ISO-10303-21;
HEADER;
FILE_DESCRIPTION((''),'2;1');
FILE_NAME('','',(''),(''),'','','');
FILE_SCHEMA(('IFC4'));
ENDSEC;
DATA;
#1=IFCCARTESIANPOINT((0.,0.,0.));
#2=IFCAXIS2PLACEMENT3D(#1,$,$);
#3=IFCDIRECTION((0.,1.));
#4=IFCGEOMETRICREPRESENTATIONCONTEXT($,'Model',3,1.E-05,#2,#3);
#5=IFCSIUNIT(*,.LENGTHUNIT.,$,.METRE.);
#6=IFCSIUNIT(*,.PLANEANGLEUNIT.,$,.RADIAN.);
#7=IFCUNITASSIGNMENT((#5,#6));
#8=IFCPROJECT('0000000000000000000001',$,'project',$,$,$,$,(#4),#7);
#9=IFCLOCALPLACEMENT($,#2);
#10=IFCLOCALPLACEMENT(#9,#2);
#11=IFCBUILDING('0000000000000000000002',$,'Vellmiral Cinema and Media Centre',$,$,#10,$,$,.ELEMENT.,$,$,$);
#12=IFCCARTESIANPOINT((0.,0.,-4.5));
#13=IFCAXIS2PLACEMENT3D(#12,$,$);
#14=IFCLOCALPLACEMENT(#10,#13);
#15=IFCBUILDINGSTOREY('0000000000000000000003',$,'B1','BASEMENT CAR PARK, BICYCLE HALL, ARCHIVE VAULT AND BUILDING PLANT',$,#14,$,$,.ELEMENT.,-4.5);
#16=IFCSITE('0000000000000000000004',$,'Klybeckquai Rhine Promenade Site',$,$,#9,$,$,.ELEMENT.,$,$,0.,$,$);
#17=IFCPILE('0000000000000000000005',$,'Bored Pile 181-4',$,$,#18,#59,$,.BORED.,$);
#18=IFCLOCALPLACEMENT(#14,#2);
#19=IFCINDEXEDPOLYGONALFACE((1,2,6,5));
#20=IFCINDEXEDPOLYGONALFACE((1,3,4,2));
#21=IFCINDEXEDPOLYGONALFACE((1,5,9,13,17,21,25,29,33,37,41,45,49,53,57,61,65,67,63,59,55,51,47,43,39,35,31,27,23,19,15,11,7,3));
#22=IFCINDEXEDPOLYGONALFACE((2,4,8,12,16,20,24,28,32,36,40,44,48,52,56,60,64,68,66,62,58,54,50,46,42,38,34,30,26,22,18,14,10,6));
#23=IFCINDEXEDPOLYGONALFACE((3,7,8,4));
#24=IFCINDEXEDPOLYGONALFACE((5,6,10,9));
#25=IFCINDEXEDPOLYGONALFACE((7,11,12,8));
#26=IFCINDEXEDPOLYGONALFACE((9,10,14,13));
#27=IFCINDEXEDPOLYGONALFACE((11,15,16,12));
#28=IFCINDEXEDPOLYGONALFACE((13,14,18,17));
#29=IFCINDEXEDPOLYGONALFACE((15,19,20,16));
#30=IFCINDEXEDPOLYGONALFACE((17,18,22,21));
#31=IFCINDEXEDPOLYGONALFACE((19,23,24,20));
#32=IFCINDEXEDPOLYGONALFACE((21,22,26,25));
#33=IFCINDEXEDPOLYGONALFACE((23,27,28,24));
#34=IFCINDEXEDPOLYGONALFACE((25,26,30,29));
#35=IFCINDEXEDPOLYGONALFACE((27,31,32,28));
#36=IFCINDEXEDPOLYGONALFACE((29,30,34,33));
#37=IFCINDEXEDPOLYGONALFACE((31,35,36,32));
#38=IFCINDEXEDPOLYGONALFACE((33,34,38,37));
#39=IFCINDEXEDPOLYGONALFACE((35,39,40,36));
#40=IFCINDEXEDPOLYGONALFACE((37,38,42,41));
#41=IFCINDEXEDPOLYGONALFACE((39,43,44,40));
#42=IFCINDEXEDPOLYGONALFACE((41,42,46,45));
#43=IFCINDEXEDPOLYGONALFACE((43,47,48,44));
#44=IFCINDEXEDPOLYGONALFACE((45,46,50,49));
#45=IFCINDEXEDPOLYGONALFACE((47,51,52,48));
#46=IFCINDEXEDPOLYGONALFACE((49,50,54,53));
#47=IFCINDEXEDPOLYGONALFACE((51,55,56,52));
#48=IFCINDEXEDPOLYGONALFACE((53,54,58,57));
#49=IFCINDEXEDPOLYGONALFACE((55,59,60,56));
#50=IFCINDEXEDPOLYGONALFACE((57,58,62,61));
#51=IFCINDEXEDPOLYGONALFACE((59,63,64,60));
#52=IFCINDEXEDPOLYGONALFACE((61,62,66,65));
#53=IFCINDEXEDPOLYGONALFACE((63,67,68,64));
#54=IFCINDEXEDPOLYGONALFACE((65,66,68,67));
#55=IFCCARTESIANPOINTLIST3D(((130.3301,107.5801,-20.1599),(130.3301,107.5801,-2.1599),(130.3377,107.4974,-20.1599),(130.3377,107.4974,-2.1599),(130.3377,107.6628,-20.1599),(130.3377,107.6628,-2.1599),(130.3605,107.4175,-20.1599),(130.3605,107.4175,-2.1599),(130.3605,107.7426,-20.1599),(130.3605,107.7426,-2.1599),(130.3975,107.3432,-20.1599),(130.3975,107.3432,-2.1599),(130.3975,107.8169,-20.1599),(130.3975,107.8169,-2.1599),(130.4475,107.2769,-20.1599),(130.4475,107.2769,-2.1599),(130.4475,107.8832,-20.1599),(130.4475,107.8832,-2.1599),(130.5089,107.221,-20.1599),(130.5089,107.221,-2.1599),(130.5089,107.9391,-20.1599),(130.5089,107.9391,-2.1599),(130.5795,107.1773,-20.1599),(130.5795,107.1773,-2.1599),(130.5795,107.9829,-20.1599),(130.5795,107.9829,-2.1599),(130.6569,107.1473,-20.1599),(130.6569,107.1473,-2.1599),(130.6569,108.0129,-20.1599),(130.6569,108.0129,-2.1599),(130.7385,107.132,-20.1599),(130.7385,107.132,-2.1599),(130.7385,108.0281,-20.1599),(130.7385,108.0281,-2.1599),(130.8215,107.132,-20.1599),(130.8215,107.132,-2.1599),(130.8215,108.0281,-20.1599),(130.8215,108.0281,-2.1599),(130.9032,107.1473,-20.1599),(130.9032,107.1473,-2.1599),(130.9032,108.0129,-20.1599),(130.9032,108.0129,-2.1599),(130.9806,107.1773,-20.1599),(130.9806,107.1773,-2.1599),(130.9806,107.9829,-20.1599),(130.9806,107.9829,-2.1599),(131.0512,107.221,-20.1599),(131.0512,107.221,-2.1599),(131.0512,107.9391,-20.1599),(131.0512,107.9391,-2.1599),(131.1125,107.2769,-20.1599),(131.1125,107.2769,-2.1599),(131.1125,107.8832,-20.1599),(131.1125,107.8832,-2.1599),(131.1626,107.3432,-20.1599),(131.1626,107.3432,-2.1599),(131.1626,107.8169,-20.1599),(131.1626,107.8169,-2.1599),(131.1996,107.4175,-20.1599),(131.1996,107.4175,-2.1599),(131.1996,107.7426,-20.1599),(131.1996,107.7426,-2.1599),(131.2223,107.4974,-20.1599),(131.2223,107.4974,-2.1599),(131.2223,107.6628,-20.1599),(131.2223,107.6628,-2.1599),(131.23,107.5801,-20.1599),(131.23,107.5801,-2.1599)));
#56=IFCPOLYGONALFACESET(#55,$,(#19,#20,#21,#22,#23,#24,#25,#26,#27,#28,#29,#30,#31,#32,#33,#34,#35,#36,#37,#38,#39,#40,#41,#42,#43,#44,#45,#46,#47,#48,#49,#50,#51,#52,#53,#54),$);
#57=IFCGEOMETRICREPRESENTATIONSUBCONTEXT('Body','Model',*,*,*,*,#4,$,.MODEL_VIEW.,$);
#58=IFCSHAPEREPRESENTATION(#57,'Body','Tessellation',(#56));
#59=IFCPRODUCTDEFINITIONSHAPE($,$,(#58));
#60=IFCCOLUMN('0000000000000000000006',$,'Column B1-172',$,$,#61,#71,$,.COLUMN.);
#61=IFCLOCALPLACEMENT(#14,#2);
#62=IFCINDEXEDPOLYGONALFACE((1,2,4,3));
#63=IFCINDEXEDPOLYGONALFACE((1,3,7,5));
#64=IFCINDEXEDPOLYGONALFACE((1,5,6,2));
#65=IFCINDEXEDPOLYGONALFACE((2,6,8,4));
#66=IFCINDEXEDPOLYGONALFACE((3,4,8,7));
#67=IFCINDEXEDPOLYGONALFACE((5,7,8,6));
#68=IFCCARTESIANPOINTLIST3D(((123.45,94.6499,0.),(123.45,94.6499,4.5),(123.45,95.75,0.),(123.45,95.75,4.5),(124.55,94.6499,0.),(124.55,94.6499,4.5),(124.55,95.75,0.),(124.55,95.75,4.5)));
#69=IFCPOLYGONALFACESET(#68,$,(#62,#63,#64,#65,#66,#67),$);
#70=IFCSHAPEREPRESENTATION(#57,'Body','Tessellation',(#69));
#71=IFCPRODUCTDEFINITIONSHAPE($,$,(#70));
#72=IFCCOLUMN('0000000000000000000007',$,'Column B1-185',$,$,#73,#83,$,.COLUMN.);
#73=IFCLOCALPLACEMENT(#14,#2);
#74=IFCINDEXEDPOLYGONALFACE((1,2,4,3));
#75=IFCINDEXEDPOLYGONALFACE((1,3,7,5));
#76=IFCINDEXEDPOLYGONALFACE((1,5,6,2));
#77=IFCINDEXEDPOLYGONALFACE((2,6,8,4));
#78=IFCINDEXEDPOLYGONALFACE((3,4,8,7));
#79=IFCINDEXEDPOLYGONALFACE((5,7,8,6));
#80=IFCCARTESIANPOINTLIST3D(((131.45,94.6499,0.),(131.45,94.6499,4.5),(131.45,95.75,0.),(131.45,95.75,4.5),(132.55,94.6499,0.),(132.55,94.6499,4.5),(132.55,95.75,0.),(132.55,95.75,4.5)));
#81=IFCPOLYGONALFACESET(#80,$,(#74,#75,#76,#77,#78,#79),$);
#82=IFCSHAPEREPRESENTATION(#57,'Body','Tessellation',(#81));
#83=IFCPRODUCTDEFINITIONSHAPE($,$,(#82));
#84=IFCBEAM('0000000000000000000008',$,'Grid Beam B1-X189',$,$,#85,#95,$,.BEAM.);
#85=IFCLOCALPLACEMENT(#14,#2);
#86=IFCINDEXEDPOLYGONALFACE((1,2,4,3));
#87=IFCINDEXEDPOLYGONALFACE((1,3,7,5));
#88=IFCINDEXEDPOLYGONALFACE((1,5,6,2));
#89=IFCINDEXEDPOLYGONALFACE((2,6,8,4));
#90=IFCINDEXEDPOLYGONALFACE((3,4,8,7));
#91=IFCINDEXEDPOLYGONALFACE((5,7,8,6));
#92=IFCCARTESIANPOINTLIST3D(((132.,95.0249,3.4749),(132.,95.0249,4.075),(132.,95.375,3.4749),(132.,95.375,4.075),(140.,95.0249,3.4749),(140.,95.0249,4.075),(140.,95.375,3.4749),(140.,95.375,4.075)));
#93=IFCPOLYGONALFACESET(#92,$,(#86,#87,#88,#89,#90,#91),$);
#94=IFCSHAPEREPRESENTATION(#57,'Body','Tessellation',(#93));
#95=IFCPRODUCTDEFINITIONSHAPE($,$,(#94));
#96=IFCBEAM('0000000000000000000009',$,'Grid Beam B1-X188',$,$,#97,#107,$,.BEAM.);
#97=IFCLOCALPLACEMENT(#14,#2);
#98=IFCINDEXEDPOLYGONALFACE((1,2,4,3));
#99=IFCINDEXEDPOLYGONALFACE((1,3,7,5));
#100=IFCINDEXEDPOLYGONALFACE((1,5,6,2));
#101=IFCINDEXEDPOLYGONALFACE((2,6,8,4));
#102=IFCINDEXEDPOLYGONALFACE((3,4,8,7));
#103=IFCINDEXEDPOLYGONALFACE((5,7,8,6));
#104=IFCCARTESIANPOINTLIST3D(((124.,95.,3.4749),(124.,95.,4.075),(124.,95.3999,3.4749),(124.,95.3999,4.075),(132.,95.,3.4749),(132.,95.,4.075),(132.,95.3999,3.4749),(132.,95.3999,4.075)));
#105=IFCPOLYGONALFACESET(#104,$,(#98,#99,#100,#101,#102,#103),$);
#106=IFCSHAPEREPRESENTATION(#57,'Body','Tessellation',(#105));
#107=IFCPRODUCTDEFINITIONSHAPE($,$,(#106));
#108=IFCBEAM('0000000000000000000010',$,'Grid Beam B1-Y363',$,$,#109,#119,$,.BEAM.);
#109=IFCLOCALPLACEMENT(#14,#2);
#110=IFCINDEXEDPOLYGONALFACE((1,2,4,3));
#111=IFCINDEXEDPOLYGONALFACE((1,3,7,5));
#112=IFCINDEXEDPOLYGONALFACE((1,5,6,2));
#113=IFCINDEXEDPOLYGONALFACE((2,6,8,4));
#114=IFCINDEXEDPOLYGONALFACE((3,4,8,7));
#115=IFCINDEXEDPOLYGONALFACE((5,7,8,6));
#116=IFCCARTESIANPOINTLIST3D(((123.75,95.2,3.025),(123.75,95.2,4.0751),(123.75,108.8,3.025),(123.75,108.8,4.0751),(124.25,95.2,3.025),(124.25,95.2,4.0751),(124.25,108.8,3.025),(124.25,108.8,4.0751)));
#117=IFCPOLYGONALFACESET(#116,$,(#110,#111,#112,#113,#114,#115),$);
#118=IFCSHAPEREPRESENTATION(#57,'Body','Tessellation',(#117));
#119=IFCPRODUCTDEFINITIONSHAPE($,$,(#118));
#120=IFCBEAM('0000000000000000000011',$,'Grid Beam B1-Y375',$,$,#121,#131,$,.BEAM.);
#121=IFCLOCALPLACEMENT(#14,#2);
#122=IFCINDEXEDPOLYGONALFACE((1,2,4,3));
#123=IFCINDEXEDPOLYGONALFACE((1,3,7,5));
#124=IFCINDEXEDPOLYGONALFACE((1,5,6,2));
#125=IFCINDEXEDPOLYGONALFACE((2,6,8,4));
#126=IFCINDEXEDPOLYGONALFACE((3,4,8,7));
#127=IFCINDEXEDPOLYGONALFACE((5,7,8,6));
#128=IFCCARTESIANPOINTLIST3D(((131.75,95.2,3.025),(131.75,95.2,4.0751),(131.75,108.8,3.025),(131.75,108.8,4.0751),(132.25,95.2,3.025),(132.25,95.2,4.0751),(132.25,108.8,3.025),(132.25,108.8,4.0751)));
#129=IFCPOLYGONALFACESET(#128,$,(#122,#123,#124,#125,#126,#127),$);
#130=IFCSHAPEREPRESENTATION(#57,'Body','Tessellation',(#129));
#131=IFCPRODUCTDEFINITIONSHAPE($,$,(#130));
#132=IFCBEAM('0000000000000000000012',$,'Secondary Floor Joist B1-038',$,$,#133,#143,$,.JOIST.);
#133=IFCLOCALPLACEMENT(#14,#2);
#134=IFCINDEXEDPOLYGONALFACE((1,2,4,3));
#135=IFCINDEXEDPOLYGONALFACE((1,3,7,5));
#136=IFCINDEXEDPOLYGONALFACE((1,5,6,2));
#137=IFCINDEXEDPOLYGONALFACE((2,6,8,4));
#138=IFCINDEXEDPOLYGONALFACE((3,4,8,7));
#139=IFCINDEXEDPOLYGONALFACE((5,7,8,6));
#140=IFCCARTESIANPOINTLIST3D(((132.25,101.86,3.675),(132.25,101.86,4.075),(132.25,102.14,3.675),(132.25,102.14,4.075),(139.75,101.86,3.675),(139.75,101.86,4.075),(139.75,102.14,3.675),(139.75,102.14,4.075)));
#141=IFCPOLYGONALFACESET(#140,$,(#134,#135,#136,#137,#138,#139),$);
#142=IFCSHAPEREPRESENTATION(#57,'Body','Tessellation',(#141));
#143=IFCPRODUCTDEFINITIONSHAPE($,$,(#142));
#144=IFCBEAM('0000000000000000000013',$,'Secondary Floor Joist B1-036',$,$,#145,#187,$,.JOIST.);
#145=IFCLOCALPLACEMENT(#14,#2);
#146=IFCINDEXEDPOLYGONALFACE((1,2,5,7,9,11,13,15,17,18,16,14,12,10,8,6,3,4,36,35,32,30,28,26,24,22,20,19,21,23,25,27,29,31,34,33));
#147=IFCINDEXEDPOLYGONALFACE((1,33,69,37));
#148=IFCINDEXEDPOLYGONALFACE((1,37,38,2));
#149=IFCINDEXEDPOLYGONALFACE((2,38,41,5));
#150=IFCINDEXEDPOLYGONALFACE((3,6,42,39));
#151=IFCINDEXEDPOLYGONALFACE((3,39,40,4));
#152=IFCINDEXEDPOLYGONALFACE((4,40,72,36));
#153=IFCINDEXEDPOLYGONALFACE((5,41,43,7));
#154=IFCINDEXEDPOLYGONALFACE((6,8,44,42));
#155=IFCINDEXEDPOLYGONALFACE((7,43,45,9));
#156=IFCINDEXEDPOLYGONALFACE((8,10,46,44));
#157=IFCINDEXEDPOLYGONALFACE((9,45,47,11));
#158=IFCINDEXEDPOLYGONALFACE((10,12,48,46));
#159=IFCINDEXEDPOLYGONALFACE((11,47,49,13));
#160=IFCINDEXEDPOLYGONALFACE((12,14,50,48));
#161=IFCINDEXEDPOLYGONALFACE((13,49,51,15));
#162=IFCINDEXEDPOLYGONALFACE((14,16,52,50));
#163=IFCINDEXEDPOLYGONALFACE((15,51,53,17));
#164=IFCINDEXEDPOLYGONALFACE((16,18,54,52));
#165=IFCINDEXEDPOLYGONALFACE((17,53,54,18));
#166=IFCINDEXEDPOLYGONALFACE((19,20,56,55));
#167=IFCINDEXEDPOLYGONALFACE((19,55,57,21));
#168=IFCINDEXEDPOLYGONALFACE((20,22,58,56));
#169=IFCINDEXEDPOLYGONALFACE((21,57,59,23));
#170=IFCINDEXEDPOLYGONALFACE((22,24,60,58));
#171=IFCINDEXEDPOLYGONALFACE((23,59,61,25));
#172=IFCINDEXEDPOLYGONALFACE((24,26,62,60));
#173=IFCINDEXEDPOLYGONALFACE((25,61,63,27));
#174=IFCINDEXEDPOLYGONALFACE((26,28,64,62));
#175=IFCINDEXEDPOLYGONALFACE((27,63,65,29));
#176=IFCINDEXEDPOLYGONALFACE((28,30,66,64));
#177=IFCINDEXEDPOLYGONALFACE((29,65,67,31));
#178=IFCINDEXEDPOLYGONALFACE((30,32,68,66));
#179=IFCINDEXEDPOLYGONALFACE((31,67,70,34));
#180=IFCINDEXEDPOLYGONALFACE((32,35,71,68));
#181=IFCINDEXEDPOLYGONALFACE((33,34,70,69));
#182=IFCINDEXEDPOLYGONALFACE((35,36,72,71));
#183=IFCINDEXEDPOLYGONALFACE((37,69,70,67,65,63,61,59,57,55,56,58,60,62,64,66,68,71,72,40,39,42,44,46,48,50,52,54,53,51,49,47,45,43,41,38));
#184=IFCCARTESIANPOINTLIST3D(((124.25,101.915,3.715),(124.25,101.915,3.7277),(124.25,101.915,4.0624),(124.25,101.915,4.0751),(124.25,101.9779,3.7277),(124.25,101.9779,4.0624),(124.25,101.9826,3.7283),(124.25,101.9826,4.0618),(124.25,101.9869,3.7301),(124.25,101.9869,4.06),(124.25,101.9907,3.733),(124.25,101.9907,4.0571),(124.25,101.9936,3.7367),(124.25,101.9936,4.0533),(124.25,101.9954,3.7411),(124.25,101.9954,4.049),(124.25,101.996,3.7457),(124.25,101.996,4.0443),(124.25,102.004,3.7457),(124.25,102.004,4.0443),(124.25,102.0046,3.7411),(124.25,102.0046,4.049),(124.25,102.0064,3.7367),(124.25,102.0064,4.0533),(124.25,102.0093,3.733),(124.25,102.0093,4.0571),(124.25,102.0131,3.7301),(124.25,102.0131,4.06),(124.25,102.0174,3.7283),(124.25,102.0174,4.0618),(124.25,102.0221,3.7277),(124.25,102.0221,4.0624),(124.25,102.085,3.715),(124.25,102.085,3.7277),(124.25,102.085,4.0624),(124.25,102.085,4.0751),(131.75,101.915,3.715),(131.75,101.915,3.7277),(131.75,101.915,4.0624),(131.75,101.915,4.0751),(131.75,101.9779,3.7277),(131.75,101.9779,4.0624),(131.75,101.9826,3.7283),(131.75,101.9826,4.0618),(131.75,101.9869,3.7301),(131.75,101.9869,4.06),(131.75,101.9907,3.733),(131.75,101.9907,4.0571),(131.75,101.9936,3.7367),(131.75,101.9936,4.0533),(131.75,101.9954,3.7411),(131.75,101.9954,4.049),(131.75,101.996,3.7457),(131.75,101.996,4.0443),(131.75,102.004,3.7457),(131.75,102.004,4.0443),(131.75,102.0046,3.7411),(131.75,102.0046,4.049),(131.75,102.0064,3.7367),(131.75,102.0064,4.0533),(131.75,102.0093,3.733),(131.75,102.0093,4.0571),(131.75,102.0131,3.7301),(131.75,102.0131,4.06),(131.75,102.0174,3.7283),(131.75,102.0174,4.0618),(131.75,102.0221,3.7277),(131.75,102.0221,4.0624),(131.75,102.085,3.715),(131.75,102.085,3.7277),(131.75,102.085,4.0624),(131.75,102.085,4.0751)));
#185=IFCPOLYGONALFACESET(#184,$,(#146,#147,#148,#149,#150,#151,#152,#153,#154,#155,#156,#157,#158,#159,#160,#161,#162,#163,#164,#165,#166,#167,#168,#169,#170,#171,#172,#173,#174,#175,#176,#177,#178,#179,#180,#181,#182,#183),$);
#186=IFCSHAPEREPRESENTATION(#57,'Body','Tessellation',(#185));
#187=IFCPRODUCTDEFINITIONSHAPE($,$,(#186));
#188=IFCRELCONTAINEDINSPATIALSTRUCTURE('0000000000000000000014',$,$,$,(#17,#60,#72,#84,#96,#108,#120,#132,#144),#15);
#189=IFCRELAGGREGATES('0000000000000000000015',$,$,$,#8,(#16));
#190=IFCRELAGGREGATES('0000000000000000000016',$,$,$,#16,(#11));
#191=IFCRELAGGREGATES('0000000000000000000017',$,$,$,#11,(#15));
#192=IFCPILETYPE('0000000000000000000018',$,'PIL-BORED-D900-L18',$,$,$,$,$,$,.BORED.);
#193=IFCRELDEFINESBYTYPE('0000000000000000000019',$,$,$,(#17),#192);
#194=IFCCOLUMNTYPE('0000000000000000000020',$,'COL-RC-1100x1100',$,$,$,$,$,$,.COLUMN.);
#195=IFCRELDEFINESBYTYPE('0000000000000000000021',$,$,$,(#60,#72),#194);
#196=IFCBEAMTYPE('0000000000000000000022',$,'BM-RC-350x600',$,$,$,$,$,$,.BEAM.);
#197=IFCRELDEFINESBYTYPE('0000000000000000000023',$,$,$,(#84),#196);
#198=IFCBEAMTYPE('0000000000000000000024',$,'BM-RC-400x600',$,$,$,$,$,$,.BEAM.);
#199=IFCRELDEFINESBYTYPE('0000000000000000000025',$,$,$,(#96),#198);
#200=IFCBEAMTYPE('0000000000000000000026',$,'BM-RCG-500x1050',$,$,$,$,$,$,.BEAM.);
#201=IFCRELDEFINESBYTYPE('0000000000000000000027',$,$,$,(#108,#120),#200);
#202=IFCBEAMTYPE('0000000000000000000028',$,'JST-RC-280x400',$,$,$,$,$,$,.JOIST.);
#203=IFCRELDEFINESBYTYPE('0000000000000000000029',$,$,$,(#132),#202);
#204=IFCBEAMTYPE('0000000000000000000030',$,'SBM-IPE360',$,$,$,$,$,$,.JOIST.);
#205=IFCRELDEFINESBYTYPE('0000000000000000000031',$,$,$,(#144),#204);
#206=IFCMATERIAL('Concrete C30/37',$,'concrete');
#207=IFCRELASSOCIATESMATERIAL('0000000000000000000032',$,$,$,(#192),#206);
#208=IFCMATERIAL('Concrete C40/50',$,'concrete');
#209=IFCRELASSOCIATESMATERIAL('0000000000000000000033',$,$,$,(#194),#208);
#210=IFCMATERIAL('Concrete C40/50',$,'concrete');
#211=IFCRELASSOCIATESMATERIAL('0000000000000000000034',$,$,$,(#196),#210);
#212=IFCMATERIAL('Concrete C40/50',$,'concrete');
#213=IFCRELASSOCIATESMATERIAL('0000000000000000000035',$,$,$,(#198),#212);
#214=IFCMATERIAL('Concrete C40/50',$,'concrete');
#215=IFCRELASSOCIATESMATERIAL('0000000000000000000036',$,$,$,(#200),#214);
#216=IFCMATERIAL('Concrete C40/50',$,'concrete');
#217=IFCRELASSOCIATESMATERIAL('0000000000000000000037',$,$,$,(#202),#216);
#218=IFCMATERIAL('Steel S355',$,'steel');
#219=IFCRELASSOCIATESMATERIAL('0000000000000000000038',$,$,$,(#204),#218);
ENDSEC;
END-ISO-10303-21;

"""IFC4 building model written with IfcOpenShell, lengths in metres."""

from ifc_helpers import new_model, si_unit, direction, frame, origin, origin_2d, place, context, subcontext, project, spatial, rectangle, circle, i_section, extrude, material, material_profile, profile_set, type_object, element, save


model = new_model("IFC4")

# Units and contexts
model_context = context("Model", 3, precision=1e-05, world=origin(), true_north=direction((0.0, 1.0)))
body_context = subcontext(model_context, "Body", "Model", "MODEL_VIEW")
ifc_project = project(units=[si_unit("LENGTHUNIT", "METRE"), si_unit("PLANEANGLEUNIT", "RADIAN")], contexts=[model_context])

# Site, building, storey
site_placement = place(None, origin())
site = spatial("IfcSite", under=ifc_project, at=site_placement, Name="Klybeckquai Rhine Promenade Site", CompositionType="ELEMENT", RefElevation=0.0)
building_placement = place(site_placement, origin())
building = spatial("IfcBuilding", under=site, at=building_placement, Name="Vellmiral Cinema and Media Centre", CompositionType="ELEMENT")
storey_placement = place(building_placement, frame((0.0, 0.0, -4.5)))
storey = spatial("IfcBuildingStorey", under=building, at=storey_placement, Name="B1", Description="BASEMENT CAR PARK, BICYCLE HALL, ARCHIVE VAULT AND BUILDING PLANT", CompositionType="ELEMENT", Elevation=-4.5)

# Pile
ifc_material_1 = material(Name="Concrete C30/37", Category="concrete")
ifc_material_profile_1 = material_profile(ifc_material_1, circle(Radius=0.45, at=origin_2d()), Name="PILE D900")
ifc_profile_set_1 = profile_set([ifc_material_profile_1], Name="Concrete C30/37")
pile_type_1 = type_object("IfcPileType", Name="PIL-BORED-D900-L18", PredefinedType="BORED", material=ifc_profile_set_1)
for number, where, z_axis, x_axis, name in (
    (1, (130.78, 107.5801, -2.1599), (0.0, 0.0, -1.0), (1.0, 0.0, 0.0), "Bored Pile 181-4"),
):
    element("IfcPile", number, at=place(storey_placement, frame(where, z_axis=z_axis, x_axis=x_axis)), inside=storey, type_object=pile_type_1, Name=name, PredefinedType="BORED", context=body_context, shape_type="SweptSolid", body=[
        extrude(circle(Radius=0.45, at=origin_2d()), origin(), (0.0, 0.0, 1.0), 18.0),
    ])

# Columns
ifc_material_2 = material(Name="Concrete C40/50", Category="concrete")
ifc_material_profile_2 = material_profile(ifc_material_2, rectangle(XDim=1.1001, YDim=1.1001, at=origin_2d()), Name="RC 1100x1100")
ifc_profile_set_2 = profile_set([ifc_material_profile_2], Name="Concrete C40/50")
column_type = type_object("IfcColumnType", Name="COL-RC-1100x1100", PredefinedType="COLUMN", material=ifc_profile_set_2)
for number, where, z_axis, x_axis, name in (
    (2, (124.0, 95.2, 0.0), (0.0, 0.0, 1.0), (1.0, 0.0, 0.0), "Column B1-172"),
    (3, (132.0, 95.2, 0.0), (0.0, 0.0, 1.0), (1.0, 0.0, 0.0), "Column B1-185"),
):
    element("IfcColumn", number, at=place(storey_placement, frame(where, z_axis=z_axis, x_axis=x_axis)), inside=storey, type_object=column_type, Name=name, PredefinedType="COLUMN", context=body_context, shape_type="SweptSolid", body=[
        extrude(rectangle(XDim=1.1001, YDim=1.1001, at=origin_2d()), origin(), (0.0, 0.0, 1.0), 4.5),
    ])

# Beams
ifc_material_3 = material(Name="Concrete C40/50", Category="concrete")
ifc_material_profile_3 = material_profile(ifc_material_3, rectangle(XDim=0.3501, YDim=0.6001, at=origin_2d()), Name="RC 350x600")
ifc_profile_set_3 = profile_set([ifc_material_profile_3], Name="Concrete C40/50")
beam_type_1 = type_object("IfcBeamType", Name="BM-RC-350x600", PredefinedType="BEAM", material=ifc_profile_set_3)
beam_1_placement = place(storey_placement, frame((132.0, 95.2, 3.7749), z_axis=(1.0, 0.0, 0.0), x_axis=(0.0, 1.0, 0.0)))
element("IfcBeam", 4, at=beam_1_placement, inside=storey, type_object=beam_type_1, Name="Grid Beam B1-X189", PredefinedType="BEAM", context=body_context, shape_type="SweptSolid", body=[
    extrude(rectangle(XDim=0.3501, YDim=0.6001, at=origin_2d()), origin(), (0.0, 0.0, 1.0), 8.0),
])
ifc_material_4 = material(Name="Concrete C40/50", Category="concrete")
ifc_material_profile_4 = material_profile(ifc_material_4, rectangle(XDim=0.3999, YDim=0.6001, at=origin_2d()), Name="RC 400x600")
ifc_profile_set_4 = profile_set([ifc_material_profile_4], Name="Concrete C40/50")
beam_type_2 = type_object("IfcBeamType", Name="BM-RC-400x600", PredefinedType="BEAM", material=ifc_profile_set_4)
beam_2_placement = place(storey_placement, frame((124.0, 95.2, 3.7749), z_axis=(1.0, 0.0, 0.0), x_axis=(0.0, 1.0, 0.0)))
element("IfcBeam", 5, at=beam_2_placement, inside=storey, type_object=beam_type_2, Name="Grid Beam B1-X188", PredefinedType="BEAM", context=body_context, shape_type="SweptSolid", body=[
    extrude(rectangle(XDim=0.3999, YDim=0.6001, at=origin_2d()), origin(), (0.0, 0.0, 1.0), 8.0),
])
ifc_material_5 = material(Name="Concrete C40/50", Category="concrete")
ifc_material_profile_5 = material_profile(ifc_material_5, rectangle(XDim=0.5, YDim=1.05, at=origin_2d()), Name="RC 500x1050")
ifc_profile_set_5 = profile_set([ifc_material_profile_5], Name="Concrete C40/50")
beam_type_3 = type_object("IfcBeamType", Name="BM-RCG-500x1050", PredefinedType="BEAM", material=ifc_profile_set_5)
for number, where, z_axis, x_axis, name in (
    (6, (124.0, 95.2, 3.55), (0.0, 1.0, 0.0), (-1.0, 0.0, 0.0), "Grid Beam B1-Y363"),
    (7, (132.0, 95.2, 3.55), (0.0, 1.0, 0.0), (-1.0, 0.0, 0.0), "Grid Beam B1-Y375"),
):
    element("IfcBeam", number, at=place(storey_placement, frame(where, z_axis=z_axis, x_axis=x_axis)), inside=storey, type_object=beam_type_3, Name=name, PredefinedType="BEAM", context=body_context, shape_type="SweptSolid", body=[
        extrude(rectangle(XDim=0.5, YDim=1.05, at=origin_2d()), origin(), (0.0, 0.0, 1.0), 13.6001),
    ])
ifc_material_6 = material(Name="Concrete C40/50", Category="concrete")
ifc_material_profile_6 = material_profile(ifc_material_6, rectangle(XDim=0.28, YDim=0.3999, at=origin_2d()), Name="RC 280x400")
ifc_profile_set_6 = profile_set([ifc_material_profile_6], Name="Concrete C40/50")
beam_type_4 = type_object("IfcBeamType", Name="JST-RC-280x400", PredefinedType="JOIST", material=ifc_profile_set_6)
beam_3_placement = place(storey_placement, frame((132.25, 102.0, 3.875), z_axis=(1.0, 0.0, 0.0), x_axis=(0.0, 1.0, 0.0)))
element("IfcBeam", 8, at=beam_3_placement, inside=storey, type_object=beam_type_4, Name="Secondary Floor Joist B1-038", PredefinedType="JOIST", context=body_context, shape_type="SweptSolid", body=[
    extrude(rectangle(XDim=0.28, YDim=0.3999, at=origin_2d()), origin(), (0.0, 0.0, 1.0), 7.5),
])
ifc_material_7 = material(Name="Steel S355", Category="steel")
ifc_material_profile_7 = material_profile(ifc_material_7, i_section(OverallWidth=0.1699, OverallDepth=0.3601, WebThickness=0.0081, FlangeThickness=0.0127, FilletRadius=0.0181, at=origin_2d()), Name="IPE 360")
ifc_profile_set_7 = profile_set([ifc_material_profile_7], Name="Steel S355")
beam_type_5 = type_object("IfcBeamType", Name="SBM-IPE360", PredefinedType="JOIST", material=ifc_profile_set_7)
beam_4_placement = place(storey_placement, frame((124.25, 102.0, 3.895), z_axis=(1.0, 0.0, 0.0), x_axis=(0.0, 1.0, 0.0)))
element("IfcBeam", 9, at=beam_4_placement, inside=storey, type_object=beam_type_5, Name="Secondary Floor Joist B1-036", PredefinedType="JOIST", context=body_context, shape_type="SweptSolid", body=[
    extrude(i_section(OverallWidth=0.1699, OverallDepth=0.3601, WebThickness=0.0081, FlangeThickness=0.0127, FilletRadius=0.0181, at=origin_2d()), origin(), (0.0, 0.0, 1.0), 7.5),
])

save(model, "model.ifc")
